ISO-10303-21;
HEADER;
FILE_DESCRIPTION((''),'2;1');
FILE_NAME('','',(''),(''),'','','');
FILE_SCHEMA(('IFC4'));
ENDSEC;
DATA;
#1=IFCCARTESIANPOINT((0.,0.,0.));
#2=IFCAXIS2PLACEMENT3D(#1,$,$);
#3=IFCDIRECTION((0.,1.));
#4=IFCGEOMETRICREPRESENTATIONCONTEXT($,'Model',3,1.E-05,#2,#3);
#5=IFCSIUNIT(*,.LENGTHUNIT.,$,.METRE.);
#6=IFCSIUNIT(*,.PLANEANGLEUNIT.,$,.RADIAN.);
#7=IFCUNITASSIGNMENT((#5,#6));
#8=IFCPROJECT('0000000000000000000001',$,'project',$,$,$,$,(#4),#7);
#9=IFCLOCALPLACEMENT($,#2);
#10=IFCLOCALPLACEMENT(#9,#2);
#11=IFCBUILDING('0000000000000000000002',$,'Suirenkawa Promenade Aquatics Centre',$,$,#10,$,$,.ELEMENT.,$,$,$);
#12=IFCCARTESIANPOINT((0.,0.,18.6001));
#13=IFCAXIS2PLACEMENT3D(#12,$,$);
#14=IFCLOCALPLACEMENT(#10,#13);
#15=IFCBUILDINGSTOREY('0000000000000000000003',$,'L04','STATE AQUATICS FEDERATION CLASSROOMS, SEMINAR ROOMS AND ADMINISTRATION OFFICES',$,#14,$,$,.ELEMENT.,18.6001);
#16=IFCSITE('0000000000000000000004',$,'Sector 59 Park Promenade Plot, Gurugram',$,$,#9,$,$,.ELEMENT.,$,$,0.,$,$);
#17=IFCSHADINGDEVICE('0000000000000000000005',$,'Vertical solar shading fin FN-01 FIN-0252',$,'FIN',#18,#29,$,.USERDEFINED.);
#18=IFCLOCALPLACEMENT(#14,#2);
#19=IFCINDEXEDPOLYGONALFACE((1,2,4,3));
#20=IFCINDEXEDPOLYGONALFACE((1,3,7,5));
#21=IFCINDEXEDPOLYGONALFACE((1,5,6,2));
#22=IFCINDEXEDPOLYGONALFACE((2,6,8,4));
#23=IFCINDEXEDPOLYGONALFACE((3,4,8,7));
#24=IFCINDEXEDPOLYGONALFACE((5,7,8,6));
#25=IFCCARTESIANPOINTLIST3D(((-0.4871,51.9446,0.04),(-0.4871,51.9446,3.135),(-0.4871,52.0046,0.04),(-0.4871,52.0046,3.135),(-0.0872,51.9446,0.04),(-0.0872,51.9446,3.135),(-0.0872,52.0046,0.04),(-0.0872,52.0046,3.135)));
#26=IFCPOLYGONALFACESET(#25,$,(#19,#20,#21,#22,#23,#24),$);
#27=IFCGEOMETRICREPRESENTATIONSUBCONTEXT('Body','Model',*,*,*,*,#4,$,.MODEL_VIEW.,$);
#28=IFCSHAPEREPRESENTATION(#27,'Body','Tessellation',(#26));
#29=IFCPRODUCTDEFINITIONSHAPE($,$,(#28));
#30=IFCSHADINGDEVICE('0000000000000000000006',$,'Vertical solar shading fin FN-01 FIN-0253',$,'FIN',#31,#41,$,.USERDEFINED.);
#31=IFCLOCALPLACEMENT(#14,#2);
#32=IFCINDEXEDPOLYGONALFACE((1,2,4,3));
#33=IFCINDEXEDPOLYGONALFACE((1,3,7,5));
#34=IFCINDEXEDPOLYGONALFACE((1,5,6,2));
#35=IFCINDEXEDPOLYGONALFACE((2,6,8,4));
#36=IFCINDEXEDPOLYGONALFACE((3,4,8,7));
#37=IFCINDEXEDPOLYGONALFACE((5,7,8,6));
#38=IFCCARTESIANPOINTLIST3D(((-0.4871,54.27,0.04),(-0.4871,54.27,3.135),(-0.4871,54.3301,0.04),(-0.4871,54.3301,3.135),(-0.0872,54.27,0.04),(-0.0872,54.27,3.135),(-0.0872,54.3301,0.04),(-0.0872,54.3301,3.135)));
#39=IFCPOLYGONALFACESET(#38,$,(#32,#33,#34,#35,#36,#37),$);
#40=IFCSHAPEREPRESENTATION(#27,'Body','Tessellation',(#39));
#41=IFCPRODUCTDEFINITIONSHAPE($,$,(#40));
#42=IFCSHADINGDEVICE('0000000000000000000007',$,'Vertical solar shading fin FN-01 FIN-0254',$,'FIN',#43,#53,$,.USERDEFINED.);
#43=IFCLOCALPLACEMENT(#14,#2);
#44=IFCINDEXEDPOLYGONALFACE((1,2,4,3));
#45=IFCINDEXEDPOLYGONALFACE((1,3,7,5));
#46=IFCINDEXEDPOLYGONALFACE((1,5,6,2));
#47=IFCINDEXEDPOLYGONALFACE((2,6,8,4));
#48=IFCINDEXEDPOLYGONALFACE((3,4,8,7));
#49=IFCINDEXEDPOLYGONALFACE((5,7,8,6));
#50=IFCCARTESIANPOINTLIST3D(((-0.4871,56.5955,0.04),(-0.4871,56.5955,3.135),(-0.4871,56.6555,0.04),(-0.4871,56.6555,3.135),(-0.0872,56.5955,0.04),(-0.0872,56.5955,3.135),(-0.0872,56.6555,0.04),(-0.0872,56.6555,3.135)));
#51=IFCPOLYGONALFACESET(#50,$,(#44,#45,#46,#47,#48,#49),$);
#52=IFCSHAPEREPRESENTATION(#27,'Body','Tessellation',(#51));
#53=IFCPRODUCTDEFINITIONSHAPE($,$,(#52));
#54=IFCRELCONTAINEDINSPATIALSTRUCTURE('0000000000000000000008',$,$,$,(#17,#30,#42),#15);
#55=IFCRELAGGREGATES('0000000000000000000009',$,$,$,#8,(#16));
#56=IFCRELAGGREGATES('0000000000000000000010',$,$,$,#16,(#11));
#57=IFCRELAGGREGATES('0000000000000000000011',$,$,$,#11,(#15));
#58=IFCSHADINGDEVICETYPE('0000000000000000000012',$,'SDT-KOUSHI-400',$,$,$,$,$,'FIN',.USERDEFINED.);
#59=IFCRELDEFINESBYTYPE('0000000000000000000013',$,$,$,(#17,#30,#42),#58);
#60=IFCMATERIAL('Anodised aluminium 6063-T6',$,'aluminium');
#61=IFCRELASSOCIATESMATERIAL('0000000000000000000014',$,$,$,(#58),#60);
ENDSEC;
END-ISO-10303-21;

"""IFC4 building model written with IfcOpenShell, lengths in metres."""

from ifc_helpers import new_model, si_unit, direction, frame, origin, origin_2d, place, context, subcontext, project, spatial, rectangle, extrude, material, type_object, element, save


model = new_model("IFC4")

# Units and contexts
model_context = context("Model", 3, precision=1e-05, world=origin(), true_north=direction((0.0, 1.0)))
body_context = subcontext(model_context, "Body", "Model", "MODEL_VIEW")
ifc_project = project(units=[si_unit("LENGTHUNIT", "METRE"), si_unit("PLANEANGLEUNIT", "RADIAN")], contexts=[model_context])

# Site, building, storey
site_placement = place(None, origin())
site = spatial("IfcSite", under=ifc_project, at=site_placement, Name="Sector 59 Park Promenade Plot, Gurugram", CompositionType="ELEMENT", RefElevation=0.0)
building_placement = place(site_placement, origin())
building = spatial("IfcBuilding", under=site, at=building_placement, Name="Suirenkawa Promenade Aquatics Centre", CompositionType="ELEMENT")
storey_placement = place(building_placement, frame((0.0, 0.0, 18.6001)))
storey = spatial("IfcBuildingStorey", under=building, at=storey_placement, Name="L04", Description="STATE AQUATICS FEDERATION CLASSROOMS, SEMINAR ROOMS AND ADMINISTRATION OFFICES", CompositionType="ELEMENT", Elevation=18.6001)

# Shared definitions
ifc_material_1 = material(Name="Anodised aluminium 6063-T6", Category="aluminium")

# Shading devices
shading_device_type = type_object("IfcShadingDeviceType", Name="SDT-KOUSHI-400", ElementType="FIN", PredefinedType="USERDEFINED", material=ifc_material_1)
for number, where, z_axis, x_axis, name in (
    (1, (-0.2871, 51.9746, 0.04), (0.0, 0.0, 1.0), (-1.0, 0.0, 0.0), "Vertical solar shading fin FN-01 FIN-0252"),
    (2, (-0.2871, 54.3, 0.04), (0.0, 0.0, 1.0), (-1.0, 0.0, 0.0), "Vertical solar shading fin FN-01 FIN-0253"),
    (3, (-0.2871, 56.6255, 0.04), (0.0, 0.0, 1.0), (-1.0, 0.0, 0.0), "Vertical solar shading fin FN-01 FIN-0254"),
):
    element("IfcShadingDevice", number, at=place(storey_placement, frame(where, z_axis=z_axis, x_axis=x_axis)), inside=storey, type_object=shading_device_type, Name=name, ObjectType="FIN", PredefinedType="USERDEFINED", context=body_context, shape_type="SweptSolid", body=[
        extrude(rectangle(XDim=0.3999, YDim=0.0601, at=origin_2d()), origin(), (0.0, 0.0, 1.0), 3.095),
    ])

save(model, "model.ifc")
